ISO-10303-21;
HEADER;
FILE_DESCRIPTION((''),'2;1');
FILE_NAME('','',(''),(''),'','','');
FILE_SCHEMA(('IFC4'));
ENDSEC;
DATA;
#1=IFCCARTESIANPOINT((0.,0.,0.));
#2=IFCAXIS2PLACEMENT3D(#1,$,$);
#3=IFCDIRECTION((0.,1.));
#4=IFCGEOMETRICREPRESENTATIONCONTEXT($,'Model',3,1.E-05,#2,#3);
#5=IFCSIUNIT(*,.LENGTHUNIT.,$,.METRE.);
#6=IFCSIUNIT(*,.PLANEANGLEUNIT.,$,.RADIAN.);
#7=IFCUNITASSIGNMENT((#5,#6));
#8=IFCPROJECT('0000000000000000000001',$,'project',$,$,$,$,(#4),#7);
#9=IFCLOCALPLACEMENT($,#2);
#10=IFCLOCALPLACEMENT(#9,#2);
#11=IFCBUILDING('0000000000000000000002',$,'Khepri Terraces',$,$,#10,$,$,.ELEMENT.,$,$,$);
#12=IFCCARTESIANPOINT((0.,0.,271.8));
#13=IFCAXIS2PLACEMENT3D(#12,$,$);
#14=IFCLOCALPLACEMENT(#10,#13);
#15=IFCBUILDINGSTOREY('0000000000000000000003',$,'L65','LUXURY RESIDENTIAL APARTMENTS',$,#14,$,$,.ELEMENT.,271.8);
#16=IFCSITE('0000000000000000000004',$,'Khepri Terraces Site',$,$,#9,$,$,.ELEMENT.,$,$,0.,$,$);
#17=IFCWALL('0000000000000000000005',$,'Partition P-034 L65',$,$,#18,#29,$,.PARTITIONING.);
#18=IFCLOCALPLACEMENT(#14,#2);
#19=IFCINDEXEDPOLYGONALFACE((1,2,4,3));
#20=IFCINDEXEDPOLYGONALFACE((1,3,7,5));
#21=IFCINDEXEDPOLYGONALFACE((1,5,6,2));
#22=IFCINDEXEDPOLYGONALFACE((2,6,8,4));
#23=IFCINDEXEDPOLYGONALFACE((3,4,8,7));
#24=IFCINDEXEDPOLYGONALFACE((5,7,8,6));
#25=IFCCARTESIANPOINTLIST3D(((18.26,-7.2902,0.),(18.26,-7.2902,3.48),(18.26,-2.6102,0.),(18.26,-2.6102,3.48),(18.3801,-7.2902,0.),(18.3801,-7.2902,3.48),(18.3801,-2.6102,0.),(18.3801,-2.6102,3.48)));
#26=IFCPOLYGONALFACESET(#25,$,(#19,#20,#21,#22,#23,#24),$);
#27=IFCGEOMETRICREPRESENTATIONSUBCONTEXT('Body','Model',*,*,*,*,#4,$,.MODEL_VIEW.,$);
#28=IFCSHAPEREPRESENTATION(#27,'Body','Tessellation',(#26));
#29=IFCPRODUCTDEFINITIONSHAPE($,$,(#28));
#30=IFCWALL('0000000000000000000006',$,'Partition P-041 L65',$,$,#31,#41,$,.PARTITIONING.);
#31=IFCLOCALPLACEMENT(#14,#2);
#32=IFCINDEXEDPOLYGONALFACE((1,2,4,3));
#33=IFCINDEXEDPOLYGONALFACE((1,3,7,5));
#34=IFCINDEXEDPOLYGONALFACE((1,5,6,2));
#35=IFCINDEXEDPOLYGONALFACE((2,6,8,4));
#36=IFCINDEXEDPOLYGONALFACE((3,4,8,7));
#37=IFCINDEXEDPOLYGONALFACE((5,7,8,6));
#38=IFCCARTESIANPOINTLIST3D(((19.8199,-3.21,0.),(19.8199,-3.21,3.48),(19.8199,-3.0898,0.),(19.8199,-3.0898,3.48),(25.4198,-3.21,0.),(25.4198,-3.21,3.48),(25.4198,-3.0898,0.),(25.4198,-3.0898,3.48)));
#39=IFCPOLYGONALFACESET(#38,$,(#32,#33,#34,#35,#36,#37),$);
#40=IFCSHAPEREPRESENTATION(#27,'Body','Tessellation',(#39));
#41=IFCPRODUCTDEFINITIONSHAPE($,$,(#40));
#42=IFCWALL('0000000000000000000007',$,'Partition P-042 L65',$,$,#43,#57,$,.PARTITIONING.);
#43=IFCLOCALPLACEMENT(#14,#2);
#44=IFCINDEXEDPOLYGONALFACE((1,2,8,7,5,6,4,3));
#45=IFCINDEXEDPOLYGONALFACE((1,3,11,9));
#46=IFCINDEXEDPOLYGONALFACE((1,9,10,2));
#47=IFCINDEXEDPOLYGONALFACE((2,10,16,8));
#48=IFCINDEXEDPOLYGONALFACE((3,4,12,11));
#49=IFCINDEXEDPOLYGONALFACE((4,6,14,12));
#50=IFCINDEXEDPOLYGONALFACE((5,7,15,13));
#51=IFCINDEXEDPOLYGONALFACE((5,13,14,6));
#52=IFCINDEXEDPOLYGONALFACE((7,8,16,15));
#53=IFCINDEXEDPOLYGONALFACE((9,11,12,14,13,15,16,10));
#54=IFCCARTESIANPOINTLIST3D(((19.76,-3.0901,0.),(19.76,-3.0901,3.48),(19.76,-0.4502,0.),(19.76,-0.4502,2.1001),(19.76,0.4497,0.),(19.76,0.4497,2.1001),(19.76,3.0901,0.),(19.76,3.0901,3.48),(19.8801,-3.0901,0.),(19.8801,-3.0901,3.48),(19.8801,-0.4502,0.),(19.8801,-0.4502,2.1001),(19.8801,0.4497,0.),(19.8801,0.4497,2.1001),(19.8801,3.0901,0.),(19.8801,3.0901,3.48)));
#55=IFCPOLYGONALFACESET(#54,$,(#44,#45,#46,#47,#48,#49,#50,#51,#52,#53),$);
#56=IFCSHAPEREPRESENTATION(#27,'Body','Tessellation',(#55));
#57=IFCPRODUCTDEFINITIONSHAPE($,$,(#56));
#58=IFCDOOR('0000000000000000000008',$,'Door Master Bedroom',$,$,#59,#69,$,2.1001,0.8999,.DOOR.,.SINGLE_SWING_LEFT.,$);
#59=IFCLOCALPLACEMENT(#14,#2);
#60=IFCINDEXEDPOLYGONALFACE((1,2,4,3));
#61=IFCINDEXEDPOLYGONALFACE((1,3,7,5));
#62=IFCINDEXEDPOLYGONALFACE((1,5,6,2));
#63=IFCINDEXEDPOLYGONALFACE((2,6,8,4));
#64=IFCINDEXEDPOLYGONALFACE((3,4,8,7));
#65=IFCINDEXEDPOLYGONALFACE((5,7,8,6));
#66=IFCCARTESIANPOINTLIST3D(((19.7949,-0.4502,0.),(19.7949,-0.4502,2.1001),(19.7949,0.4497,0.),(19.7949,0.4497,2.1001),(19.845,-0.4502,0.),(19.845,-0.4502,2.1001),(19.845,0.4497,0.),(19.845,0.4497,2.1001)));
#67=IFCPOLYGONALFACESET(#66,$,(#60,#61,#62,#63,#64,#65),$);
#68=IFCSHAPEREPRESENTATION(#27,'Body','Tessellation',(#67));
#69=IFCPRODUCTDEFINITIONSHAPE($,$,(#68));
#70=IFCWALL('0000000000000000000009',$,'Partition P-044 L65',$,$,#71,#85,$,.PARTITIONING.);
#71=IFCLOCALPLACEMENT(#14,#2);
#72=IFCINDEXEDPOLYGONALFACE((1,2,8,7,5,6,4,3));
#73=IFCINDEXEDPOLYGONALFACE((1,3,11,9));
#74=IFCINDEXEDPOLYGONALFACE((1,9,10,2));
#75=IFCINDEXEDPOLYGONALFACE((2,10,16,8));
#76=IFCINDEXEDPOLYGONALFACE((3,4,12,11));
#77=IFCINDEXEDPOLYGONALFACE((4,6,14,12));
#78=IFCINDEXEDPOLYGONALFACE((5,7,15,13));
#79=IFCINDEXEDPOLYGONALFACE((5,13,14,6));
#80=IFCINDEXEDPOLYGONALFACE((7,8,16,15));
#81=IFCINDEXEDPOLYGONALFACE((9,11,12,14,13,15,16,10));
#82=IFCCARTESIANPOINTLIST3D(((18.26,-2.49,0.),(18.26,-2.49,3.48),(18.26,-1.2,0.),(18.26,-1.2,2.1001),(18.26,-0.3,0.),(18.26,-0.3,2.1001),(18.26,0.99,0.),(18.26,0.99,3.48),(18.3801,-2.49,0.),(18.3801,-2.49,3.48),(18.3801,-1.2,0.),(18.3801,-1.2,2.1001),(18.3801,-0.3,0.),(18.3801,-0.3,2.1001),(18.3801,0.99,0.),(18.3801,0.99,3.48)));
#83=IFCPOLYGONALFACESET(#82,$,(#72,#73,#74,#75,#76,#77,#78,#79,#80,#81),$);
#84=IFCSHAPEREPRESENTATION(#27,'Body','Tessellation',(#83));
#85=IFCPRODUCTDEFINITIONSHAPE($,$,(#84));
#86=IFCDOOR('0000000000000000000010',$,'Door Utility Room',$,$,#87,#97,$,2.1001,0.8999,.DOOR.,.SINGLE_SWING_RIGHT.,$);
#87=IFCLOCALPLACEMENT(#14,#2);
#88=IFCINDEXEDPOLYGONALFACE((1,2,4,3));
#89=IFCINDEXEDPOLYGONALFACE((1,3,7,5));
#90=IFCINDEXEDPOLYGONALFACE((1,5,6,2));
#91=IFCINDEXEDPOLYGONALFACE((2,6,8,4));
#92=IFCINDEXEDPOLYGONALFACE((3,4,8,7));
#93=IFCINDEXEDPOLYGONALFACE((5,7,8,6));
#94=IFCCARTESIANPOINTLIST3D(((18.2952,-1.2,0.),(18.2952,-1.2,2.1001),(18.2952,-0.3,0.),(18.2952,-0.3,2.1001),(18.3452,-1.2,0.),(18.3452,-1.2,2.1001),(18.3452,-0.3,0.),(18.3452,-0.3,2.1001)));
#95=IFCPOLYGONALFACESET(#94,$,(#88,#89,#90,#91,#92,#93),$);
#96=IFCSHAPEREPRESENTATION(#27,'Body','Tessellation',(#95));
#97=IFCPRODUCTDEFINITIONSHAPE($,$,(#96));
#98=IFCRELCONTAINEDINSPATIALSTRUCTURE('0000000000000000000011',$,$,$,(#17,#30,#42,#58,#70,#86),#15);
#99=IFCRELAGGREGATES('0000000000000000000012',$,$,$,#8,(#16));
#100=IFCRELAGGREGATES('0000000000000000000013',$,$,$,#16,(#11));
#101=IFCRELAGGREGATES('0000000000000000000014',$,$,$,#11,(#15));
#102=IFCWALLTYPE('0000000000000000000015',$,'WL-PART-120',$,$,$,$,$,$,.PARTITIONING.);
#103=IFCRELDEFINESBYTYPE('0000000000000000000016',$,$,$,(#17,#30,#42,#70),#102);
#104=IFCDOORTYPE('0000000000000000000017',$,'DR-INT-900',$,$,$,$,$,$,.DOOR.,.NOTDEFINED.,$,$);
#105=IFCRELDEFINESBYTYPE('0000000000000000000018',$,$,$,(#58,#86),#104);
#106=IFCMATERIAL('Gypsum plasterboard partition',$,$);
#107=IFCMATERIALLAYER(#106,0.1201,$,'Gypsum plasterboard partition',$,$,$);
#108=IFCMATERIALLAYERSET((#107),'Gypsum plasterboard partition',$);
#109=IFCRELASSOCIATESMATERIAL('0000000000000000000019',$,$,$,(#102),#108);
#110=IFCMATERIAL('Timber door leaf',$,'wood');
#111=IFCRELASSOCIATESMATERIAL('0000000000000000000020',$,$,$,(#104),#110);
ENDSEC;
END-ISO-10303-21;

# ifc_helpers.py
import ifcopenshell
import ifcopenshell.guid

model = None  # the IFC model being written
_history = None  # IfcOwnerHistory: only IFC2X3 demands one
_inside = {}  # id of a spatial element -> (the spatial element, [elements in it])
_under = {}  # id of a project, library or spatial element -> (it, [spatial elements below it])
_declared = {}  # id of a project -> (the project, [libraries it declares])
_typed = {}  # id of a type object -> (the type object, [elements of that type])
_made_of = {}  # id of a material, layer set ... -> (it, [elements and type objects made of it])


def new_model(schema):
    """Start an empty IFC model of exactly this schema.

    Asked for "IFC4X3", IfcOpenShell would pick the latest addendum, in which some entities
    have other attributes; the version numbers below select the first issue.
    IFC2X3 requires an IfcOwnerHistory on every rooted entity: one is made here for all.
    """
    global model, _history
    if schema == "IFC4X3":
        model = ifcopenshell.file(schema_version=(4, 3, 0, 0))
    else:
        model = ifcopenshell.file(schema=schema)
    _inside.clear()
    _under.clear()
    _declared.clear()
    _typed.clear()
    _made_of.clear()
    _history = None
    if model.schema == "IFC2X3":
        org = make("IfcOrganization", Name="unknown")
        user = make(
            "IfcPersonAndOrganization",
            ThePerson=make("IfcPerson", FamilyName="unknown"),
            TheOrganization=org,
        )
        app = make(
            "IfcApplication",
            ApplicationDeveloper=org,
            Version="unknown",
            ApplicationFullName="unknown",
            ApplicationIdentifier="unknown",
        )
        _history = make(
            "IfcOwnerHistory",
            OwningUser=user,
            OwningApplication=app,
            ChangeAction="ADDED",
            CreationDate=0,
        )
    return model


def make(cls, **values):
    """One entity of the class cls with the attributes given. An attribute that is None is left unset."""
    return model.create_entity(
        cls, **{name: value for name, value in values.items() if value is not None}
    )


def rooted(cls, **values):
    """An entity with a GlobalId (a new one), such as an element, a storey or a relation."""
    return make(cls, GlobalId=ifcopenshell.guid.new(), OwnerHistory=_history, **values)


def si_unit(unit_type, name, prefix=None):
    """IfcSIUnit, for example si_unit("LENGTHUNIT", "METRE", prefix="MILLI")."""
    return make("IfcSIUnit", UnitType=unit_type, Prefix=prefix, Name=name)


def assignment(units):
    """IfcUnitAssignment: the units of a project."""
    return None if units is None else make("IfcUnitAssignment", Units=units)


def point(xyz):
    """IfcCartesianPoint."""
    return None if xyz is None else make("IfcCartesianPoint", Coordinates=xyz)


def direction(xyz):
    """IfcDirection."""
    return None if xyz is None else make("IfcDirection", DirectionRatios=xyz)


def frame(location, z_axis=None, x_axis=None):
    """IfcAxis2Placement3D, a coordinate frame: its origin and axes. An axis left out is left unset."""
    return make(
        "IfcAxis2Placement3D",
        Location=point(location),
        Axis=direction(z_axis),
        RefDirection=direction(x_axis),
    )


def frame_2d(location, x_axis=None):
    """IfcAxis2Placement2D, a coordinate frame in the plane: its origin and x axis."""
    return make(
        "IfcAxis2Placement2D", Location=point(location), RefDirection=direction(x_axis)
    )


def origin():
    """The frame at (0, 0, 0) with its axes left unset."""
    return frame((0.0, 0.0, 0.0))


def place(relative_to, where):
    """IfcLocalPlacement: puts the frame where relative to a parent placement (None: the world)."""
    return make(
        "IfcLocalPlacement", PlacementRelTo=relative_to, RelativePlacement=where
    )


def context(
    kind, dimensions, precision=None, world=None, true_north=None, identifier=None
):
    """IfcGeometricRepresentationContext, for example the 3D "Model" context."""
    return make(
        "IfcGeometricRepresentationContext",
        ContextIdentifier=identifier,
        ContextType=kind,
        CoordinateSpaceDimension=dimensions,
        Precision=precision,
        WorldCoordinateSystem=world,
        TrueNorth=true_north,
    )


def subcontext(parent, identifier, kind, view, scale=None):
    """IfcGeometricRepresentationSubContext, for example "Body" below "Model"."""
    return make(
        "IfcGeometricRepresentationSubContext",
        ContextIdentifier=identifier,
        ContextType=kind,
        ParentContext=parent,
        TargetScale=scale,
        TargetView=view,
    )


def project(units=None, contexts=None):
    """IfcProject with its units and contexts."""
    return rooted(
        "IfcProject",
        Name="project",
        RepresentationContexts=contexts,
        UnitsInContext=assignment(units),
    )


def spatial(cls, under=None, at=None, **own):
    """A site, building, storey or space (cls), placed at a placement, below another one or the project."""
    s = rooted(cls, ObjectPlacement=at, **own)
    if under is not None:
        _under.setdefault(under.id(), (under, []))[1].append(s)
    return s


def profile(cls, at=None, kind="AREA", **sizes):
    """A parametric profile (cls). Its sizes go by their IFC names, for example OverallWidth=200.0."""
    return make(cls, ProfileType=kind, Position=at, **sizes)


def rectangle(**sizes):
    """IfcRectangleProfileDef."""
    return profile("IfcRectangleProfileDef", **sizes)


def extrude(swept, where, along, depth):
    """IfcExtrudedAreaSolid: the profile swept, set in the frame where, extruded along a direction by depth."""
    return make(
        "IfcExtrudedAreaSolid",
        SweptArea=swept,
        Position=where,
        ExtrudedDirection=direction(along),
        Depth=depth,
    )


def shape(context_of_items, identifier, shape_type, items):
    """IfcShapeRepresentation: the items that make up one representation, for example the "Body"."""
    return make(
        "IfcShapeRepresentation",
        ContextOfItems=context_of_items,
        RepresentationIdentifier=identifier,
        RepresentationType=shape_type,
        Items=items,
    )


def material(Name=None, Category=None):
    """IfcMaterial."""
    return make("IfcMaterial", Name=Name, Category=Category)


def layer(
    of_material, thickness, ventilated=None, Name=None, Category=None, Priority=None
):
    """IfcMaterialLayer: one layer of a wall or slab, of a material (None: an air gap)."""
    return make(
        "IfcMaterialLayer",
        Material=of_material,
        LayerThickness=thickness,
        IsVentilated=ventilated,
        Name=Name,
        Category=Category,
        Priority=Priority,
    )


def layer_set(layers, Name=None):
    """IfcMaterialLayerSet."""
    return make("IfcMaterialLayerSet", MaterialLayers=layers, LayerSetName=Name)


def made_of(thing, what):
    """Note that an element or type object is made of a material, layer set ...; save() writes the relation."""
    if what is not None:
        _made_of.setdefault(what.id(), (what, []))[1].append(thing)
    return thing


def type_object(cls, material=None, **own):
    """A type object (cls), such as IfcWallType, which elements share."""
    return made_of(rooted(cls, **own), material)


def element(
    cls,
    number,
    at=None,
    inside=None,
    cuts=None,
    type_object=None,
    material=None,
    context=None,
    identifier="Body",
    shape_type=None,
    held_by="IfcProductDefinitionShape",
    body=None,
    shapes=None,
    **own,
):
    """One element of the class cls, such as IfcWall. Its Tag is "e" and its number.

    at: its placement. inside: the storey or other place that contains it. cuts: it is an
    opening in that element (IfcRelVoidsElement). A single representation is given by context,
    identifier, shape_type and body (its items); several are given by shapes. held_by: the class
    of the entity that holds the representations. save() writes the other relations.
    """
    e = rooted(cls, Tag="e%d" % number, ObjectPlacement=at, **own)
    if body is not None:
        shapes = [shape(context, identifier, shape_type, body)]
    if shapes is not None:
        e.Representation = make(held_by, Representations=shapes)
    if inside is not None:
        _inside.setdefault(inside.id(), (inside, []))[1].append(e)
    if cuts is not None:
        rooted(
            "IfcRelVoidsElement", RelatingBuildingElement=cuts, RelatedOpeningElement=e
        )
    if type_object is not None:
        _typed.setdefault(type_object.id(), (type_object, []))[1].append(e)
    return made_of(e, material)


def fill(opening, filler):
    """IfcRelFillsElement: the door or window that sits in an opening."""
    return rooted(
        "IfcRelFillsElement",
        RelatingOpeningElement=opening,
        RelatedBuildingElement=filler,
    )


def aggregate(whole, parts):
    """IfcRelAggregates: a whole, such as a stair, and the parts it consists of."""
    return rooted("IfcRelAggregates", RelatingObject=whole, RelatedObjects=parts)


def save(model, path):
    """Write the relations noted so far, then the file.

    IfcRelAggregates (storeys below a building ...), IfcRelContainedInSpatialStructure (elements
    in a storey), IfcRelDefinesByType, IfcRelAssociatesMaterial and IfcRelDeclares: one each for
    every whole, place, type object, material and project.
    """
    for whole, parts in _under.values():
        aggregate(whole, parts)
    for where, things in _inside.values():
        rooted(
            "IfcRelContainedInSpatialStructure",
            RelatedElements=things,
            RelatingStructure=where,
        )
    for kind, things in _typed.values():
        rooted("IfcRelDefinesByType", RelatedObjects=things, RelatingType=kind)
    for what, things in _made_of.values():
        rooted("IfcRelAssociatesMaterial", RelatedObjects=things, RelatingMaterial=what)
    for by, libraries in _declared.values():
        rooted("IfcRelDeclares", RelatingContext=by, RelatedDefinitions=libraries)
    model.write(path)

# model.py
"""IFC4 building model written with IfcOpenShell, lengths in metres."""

from ifc_helpers import new_model, si_unit, direction, frame, frame_2d, origin, place, context, subcontext, project, spatial, rectangle, extrude, material, layer, layer_set, type_object, element, fill, save


model = new_model("IFC4")

# Units and contexts
model_context = context("Model", 3, precision=1e-05, world=origin(), true_north=direction((0.0, 1.0)))
body_context = subcontext(model_context, "Body", "Model", "MODEL_VIEW")
ifc_project = project(units=[si_unit("LENGTHUNIT", "METRE"), si_unit("PLANEANGLEUNIT", "RADIAN")], contexts=[model_context])

# Site, building, storey
site_placement = place(None, origin())
site = spatial("IfcSite", under=ifc_project, at=site_placement, Name="Khepri Terraces Site", CompositionType="ELEMENT", RefElevation=0.0)
building_placement = place(site_placement, origin())
building = spatial("IfcBuilding", under=site, at=building_placement, Name="Khepri Terraces", CompositionType="ELEMENT")
storey_placement = place(building_placement, frame((0.0, 0.0, 271.8)))
storey = spatial("IfcBuildingStorey", under=building, at=storey_placement, Name="L65", Description="LUXURY RESIDENTIAL APARTMENTS", CompositionType="ELEMENT", Elevation=271.8)

# Shared definitions
ifc_material_1 = material(Name="Gypsum plasterboard partition")
ifc_layer_1 = layer(ifc_material_1, 0.1201, Name="Gypsum plasterboard partition")
ifc_layer_set_1 = layer_set([ifc_layer_1], Name="Gypsum plasterboard partition")
wall_type_1 = type_object("IfcWallType", Name="WL-PART-120", PredefinedType="PARTITIONING", material=ifc_layer_set_1)

# Shared definitions
ifc_material_2 = material(Name="Timber door leaf", Category="wood")
door_type_1 = type_object("IfcDoorType", Name="DR-INT-900", OperationType="NOTDEFINED", PredefinedType="DOOR", material=ifc_material_2)

# Walls
wall_1_placement = place(storey_placement, frame((18.3201, -7.29, 0.0), z_axis=(0.0, 0.0, 1.0), x_axis=(0.0, 1.0, 0.0)))
element("IfcWall", 1, at=wall_1_placement, inside=storey, type_object=wall_type_1, Name="Partition P-034 L65", PredefinedType="PARTITIONING", context=body_context, shape_type="SweptSolid", body=[
    extrude(rectangle(XDim=4.6799, YDim=0.1201, at=frame_2d((2.3398, 0.0))), origin(), (0.0, 0.0, 1.0), 3.48),
])
wall_2_placement = place(storey_placement, frame((19.8201, -3.1499, 0.0), z_axis=(0.0, 0.0, 1.0), x_axis=(1.0, 0.0, 0.0)))
element("IfcWall", 2, at=wall_2_placement, inside=storey, type_object=wall_type_1, Name="Partition P-041 L65", PredefinedType="PARTITIONING", context=body_context, shape_type="SweptSolid", body=[
    extrude(rectangle(XDim=5.5999, YDim=0.1201, at=frame_2d((2.7998, 0.0))), origin(), (0.0, 0.0, 1.0), 3.48),
])

# Walls, openings, doors
wall_3_placement = place(storey_placement, frame((19.8201, -3.0901, 0.0), z_axis=(0.0, 0.0, 1.0), x_axis=(0.0, 1.0, 0.0)))
wall_3 = element("IfcWall", 3, at=wall_3_placement, inside=storey, type_object=wall_type_1, Name="Partition P-042 L65", PredefinedType="PARTITIONING", context=body_context, shape_type="SweptSolid", body=[
    extrude(rectangle(XDim=6.1802, YDim=0.1201, at=frame_2d((3.0901, 0.0))), origin(), (0.0, 0.0, 1.0), 3.48),
])
opening_1_placement = place(wall_3_placement, frame((2.6399, 0.0, 0.0)))
opening_1 = element("IfcOpeningElement", 4, at=opening_1_placement, cuts=wall_3, PredefinedType="OPENING", context=body_context, shape_type="SweptSolid", body=[
    extrude(rectangle(XDim=0.8999, YDim=2.1001, at=frame_2d((0.45, 1.05))), frame((0.0, 0.0701, 0.0), z_axis=(0.0, -1.0, 0.0), x_axis=(1.0, 0.0, 0.0)), (0.0, 0.0, 1.0), 0.1401),
])
door_1_placement = place(opening_1_placement, frame((0.8999, 0.0, 0.0), z_axis=(0.0, 0.0, 1.0), x_axis=(-1.0, 0.0, 0.0)))
door_1 = element("IfcDoor", 5, at=door_1_placement, inside=storey, type_object=door_type_1, Name="Door Master Bedroom", OperationType="SINGLE_SWING_LEFT", OverallHeight=2.1001, OverallWidth=0.8999, PredefinedType="DOOR", context=body_context, shape_type="SweptSolid", body=[
    extrude(rectangle(XDim=0.8999, YDim=2.1001, at=frame_2d((0.45, 1.05))), frame((0.0, 0.0249, 0.0), z_axis=(0.0, -1.0, 0.0), x_axis=(1.0, 0.0, 0.0)), (0.0, 0.0, 1.0), 0.05),
])
fill(opening_1, door_1)
wall_4_placement = place(storey_placement, frame((18.3201, -2.49, 0.0), z_axis=(0.0, 0.0, 1.0), x_axis=(0.0, 1.0, 0.0)))
wall_4 = element("IfcWall", 6, at=wall_4_placement, inside=storey, type_object=wall_type_1, Name="Partition P-044 L65", PredefinedType="PARTITIONING", context=body_context, shape_type="SweptSolid", body=[
    extrude(rectangle(XDim=3.48, YDim=0.1201, at=frame_2d((1.74, 0.0))), origin(), (0.0, 0.0, 1.0), 3.48),
])
opening_2_placement = place(wall_4_placement, frame((1.29, 0.0, 0.0)))
opening_2 = element("IfcOpeningElement", 7, at=opening_2_placement, cuts=wall_4, PredefinedType="OPENING", context=body_context, shape_type="SweptSolid", body=[
    extrude(rectangle(XDim=0.8999, YDim=2.1001, at=frame_2d((0.45, 1.05))), frame((0.0, 0.0701, 0.0), z_axis=(0.0, -1.0, 0.0), x_axis=(1.0, 0.0, 0.0)), (0.0, 0.0, 1.0), 0.1401),
])
door_2_placement = place(opening_2_placement, origin())
door_2 = element("IfcDoor", 8, at=door_2_placement, inside=storey, type_object=door_type_1, Name="Door Utility Room", OperationType="SINGLE_SWING_RIGHT", OverallHeight=2.1001, OverallWidth=0.8999, PredefinedType="DOOR", context=body_context, shape_type="SweptSolid", body=[
    extrude(rectangle(XDim=0.8999, YDim=2.1001, at=frame_2d((0.45, 1.05))), frame((0.0, 0.0249, 0.0), z_axis=(0.0, -1.0, 0.0), x_axis=(1.0, 0.0, 0.0)), (0.0, 0.0, 1.0), 0.05),
])
fill(opening_2, door_2)

save(model, "model.ifc")
